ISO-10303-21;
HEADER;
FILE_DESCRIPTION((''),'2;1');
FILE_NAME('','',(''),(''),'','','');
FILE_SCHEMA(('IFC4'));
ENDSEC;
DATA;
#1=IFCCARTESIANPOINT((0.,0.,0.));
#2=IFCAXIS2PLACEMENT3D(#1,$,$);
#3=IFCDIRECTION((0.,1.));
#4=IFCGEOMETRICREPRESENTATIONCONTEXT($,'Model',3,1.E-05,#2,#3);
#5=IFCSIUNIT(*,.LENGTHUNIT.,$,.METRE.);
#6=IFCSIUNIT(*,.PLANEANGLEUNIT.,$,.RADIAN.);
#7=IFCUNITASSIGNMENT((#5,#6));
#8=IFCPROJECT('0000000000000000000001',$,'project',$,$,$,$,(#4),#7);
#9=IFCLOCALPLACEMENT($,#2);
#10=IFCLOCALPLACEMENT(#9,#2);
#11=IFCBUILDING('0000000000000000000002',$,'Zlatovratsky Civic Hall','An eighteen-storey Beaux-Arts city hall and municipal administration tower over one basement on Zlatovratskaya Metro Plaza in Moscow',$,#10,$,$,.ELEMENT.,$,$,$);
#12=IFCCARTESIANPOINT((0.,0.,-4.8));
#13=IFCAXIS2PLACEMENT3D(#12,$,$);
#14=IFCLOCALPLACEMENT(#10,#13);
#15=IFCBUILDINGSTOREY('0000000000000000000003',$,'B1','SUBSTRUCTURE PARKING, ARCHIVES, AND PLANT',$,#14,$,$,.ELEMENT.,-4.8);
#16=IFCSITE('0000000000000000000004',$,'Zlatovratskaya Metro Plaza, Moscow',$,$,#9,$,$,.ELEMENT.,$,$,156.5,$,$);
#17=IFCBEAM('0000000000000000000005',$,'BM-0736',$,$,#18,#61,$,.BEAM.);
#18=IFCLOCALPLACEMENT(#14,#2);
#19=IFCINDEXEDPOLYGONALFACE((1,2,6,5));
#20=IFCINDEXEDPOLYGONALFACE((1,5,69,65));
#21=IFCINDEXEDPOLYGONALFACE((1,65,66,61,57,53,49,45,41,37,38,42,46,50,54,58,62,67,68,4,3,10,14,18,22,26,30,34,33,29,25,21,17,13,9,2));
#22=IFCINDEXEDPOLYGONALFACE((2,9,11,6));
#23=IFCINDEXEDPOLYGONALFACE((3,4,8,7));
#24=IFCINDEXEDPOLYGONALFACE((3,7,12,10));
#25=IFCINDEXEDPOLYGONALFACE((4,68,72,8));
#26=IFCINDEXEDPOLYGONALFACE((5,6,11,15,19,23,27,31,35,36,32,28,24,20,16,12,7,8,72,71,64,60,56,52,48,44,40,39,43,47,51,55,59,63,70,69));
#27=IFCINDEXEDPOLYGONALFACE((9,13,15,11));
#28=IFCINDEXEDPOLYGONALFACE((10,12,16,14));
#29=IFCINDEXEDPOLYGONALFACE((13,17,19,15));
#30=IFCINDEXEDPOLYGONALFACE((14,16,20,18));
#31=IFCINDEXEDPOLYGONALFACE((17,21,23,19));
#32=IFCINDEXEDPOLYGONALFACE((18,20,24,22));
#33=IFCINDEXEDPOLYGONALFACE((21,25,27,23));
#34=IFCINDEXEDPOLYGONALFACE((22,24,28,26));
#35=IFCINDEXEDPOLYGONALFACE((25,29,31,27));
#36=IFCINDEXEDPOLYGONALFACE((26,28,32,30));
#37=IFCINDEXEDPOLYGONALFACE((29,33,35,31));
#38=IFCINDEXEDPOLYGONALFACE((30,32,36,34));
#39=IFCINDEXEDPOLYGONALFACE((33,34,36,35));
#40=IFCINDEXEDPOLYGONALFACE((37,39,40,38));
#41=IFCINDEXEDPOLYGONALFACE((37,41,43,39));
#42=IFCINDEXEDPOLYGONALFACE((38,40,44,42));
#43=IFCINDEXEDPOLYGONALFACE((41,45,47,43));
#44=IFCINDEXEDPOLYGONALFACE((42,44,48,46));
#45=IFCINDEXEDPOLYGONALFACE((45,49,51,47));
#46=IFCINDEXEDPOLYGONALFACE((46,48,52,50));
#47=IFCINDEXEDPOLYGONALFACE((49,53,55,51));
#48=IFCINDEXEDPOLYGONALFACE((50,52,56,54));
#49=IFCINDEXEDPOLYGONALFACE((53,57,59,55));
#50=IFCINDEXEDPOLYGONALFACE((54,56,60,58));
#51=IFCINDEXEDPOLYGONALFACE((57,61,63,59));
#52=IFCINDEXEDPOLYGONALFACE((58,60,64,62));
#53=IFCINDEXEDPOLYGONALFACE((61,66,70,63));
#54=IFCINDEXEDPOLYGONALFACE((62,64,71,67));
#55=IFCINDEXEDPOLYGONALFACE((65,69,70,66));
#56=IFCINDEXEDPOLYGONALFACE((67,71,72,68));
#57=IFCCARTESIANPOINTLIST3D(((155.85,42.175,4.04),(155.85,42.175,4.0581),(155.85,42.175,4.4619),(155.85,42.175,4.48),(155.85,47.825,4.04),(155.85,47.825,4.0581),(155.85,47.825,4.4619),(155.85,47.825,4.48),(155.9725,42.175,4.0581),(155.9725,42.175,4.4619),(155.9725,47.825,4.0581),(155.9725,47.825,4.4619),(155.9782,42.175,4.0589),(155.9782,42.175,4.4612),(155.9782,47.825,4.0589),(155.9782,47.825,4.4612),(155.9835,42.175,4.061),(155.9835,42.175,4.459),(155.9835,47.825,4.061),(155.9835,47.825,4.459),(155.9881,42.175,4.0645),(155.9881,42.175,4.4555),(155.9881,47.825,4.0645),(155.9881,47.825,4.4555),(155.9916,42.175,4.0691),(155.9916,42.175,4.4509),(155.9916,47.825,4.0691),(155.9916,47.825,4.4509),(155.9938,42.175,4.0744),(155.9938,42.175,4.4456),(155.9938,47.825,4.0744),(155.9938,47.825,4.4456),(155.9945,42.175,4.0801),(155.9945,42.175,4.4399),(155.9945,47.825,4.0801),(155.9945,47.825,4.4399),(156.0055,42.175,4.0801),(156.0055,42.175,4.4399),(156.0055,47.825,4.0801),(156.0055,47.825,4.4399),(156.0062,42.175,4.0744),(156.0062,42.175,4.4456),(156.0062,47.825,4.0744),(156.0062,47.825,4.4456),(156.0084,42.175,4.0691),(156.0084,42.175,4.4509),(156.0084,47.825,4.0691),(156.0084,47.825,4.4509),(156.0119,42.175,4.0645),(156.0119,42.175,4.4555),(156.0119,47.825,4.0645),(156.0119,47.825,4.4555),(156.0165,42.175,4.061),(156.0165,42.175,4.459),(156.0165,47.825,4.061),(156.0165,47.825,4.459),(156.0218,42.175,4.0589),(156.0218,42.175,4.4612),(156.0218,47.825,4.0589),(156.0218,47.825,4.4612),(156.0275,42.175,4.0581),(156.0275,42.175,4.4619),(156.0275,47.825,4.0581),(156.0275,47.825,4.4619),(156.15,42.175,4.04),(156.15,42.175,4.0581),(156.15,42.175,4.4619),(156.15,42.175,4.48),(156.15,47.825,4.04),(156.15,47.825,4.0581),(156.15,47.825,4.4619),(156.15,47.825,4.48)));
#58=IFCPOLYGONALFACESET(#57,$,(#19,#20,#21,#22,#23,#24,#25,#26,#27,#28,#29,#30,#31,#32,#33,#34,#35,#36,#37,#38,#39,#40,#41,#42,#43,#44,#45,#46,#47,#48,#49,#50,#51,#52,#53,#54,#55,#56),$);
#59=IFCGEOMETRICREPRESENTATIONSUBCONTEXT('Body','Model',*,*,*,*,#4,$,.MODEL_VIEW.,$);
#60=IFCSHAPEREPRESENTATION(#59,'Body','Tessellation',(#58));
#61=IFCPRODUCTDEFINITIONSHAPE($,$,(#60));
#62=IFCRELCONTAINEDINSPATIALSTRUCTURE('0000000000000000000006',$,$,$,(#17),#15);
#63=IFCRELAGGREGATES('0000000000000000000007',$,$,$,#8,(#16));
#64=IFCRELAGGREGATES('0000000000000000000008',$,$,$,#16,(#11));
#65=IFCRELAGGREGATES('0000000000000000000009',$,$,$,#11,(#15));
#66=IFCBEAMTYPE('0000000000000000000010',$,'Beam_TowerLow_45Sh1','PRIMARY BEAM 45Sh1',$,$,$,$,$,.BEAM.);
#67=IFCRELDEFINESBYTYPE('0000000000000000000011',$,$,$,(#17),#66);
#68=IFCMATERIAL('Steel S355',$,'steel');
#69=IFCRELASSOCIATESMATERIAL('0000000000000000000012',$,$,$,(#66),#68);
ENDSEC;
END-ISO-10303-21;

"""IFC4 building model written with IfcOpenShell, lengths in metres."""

from ifc_helpers import new_model, si_unit, direction, frame, origin, origin_2d, place, context, subcontext, project, spatial, i_section, extrude, material, material_profile, profile_set, type_object, element, save


model = new_model("IFC4")

# Units and contexts
model_context = context("Model", 3, precision=1e-05, world=origin(), true_north=direction((0.0, 1.0)))
body_context = subcontext(model_context, "Body", "Model", "MODEL_VIEW")
ifc_project = project(units=[si_unit("LENGTHUNIT", "METRE"), si_unit("PLANEANGLEUNIT", "RADIAN")], contexts=[model_context])

# Site, building, storey
site_placement = place(None, origin())
site = spatial("IfcSite", under=ifc_project, at=site_placement, Name="Zlatovratskaya Metro Plaza, Moscow", CompositionType="ELEMENT", RefElevation=156.5)
building_placement = place(site_placement, origin())
building = spatial("IfcBuilding", under=site, at=building_placement, Name="Zlatovratsky Civic Hall", Description="An eighteen-storey Beaux-Arts city hall and municipal administration tower over one basement on Zlatovratskaya Metro Plaza in Moscow", CompositionType="ELEMENT")
storey_placement = place(building_placement, frame((0.0, 0.0, -4.8)))
storey = spatial("IfcBuildingStorey", under=building, at=storey_placement, Name="B1", Description="SUBSTRUCTURE PARKING, ARCHIVES, AND PLANT", CompositionType="ELEMENT", Elevation=-4.8)

# Shared definitions
ifc_material_1 = material(Name="Steel S355", Category="steel")

# Beam
ifc_material_profile_1 = material_profile(ifc_material_1, i_section(OverallWidth=0.3, OverallDepth=0.4399, WebThickness=0.011, FlangeThickness=0.0181, FilletRadius=0.022, at=origin_2d()), Name="45Sh1")
ifc_profile_set_1 = profile_set([ifc_material_profile_1], Name="Steel S355")
beam_type = type_object("IfcBeamType", Name="Beam_TowerLow_45Sh1", Description="PRIMARY BEAM 45Sh1", PredefinedType="BEAM", material=ifc_profile_set_1)
for number, where, z_axis, x_axis, name in (
    (1, (156.0, 42.175, 4.26), (0.0, 1.0, 0.0), (-1.0, 0.0, 0.0), "BM-0736"),
):
    element("IfcBeam", number, at=place(storey_placement, frame(where, z_axis=z_axis, x_axis=x_axis)), inside=storey, type_object=beam_type, Name=name, PredefinedType="BEAM", context=body_context, shape_type="SweptSolid", body=[
        extrude(i_section(OverallWidth=0.3, OverallDepth=0.4399, WebThickness=0.011, FlangeThickness=0.0181, FilletRadius=0.022, at=origin_2d()), origin(), (0.0, 0.0, 1.0), 5.6499),
    ])

save(model, "model.ifc")
